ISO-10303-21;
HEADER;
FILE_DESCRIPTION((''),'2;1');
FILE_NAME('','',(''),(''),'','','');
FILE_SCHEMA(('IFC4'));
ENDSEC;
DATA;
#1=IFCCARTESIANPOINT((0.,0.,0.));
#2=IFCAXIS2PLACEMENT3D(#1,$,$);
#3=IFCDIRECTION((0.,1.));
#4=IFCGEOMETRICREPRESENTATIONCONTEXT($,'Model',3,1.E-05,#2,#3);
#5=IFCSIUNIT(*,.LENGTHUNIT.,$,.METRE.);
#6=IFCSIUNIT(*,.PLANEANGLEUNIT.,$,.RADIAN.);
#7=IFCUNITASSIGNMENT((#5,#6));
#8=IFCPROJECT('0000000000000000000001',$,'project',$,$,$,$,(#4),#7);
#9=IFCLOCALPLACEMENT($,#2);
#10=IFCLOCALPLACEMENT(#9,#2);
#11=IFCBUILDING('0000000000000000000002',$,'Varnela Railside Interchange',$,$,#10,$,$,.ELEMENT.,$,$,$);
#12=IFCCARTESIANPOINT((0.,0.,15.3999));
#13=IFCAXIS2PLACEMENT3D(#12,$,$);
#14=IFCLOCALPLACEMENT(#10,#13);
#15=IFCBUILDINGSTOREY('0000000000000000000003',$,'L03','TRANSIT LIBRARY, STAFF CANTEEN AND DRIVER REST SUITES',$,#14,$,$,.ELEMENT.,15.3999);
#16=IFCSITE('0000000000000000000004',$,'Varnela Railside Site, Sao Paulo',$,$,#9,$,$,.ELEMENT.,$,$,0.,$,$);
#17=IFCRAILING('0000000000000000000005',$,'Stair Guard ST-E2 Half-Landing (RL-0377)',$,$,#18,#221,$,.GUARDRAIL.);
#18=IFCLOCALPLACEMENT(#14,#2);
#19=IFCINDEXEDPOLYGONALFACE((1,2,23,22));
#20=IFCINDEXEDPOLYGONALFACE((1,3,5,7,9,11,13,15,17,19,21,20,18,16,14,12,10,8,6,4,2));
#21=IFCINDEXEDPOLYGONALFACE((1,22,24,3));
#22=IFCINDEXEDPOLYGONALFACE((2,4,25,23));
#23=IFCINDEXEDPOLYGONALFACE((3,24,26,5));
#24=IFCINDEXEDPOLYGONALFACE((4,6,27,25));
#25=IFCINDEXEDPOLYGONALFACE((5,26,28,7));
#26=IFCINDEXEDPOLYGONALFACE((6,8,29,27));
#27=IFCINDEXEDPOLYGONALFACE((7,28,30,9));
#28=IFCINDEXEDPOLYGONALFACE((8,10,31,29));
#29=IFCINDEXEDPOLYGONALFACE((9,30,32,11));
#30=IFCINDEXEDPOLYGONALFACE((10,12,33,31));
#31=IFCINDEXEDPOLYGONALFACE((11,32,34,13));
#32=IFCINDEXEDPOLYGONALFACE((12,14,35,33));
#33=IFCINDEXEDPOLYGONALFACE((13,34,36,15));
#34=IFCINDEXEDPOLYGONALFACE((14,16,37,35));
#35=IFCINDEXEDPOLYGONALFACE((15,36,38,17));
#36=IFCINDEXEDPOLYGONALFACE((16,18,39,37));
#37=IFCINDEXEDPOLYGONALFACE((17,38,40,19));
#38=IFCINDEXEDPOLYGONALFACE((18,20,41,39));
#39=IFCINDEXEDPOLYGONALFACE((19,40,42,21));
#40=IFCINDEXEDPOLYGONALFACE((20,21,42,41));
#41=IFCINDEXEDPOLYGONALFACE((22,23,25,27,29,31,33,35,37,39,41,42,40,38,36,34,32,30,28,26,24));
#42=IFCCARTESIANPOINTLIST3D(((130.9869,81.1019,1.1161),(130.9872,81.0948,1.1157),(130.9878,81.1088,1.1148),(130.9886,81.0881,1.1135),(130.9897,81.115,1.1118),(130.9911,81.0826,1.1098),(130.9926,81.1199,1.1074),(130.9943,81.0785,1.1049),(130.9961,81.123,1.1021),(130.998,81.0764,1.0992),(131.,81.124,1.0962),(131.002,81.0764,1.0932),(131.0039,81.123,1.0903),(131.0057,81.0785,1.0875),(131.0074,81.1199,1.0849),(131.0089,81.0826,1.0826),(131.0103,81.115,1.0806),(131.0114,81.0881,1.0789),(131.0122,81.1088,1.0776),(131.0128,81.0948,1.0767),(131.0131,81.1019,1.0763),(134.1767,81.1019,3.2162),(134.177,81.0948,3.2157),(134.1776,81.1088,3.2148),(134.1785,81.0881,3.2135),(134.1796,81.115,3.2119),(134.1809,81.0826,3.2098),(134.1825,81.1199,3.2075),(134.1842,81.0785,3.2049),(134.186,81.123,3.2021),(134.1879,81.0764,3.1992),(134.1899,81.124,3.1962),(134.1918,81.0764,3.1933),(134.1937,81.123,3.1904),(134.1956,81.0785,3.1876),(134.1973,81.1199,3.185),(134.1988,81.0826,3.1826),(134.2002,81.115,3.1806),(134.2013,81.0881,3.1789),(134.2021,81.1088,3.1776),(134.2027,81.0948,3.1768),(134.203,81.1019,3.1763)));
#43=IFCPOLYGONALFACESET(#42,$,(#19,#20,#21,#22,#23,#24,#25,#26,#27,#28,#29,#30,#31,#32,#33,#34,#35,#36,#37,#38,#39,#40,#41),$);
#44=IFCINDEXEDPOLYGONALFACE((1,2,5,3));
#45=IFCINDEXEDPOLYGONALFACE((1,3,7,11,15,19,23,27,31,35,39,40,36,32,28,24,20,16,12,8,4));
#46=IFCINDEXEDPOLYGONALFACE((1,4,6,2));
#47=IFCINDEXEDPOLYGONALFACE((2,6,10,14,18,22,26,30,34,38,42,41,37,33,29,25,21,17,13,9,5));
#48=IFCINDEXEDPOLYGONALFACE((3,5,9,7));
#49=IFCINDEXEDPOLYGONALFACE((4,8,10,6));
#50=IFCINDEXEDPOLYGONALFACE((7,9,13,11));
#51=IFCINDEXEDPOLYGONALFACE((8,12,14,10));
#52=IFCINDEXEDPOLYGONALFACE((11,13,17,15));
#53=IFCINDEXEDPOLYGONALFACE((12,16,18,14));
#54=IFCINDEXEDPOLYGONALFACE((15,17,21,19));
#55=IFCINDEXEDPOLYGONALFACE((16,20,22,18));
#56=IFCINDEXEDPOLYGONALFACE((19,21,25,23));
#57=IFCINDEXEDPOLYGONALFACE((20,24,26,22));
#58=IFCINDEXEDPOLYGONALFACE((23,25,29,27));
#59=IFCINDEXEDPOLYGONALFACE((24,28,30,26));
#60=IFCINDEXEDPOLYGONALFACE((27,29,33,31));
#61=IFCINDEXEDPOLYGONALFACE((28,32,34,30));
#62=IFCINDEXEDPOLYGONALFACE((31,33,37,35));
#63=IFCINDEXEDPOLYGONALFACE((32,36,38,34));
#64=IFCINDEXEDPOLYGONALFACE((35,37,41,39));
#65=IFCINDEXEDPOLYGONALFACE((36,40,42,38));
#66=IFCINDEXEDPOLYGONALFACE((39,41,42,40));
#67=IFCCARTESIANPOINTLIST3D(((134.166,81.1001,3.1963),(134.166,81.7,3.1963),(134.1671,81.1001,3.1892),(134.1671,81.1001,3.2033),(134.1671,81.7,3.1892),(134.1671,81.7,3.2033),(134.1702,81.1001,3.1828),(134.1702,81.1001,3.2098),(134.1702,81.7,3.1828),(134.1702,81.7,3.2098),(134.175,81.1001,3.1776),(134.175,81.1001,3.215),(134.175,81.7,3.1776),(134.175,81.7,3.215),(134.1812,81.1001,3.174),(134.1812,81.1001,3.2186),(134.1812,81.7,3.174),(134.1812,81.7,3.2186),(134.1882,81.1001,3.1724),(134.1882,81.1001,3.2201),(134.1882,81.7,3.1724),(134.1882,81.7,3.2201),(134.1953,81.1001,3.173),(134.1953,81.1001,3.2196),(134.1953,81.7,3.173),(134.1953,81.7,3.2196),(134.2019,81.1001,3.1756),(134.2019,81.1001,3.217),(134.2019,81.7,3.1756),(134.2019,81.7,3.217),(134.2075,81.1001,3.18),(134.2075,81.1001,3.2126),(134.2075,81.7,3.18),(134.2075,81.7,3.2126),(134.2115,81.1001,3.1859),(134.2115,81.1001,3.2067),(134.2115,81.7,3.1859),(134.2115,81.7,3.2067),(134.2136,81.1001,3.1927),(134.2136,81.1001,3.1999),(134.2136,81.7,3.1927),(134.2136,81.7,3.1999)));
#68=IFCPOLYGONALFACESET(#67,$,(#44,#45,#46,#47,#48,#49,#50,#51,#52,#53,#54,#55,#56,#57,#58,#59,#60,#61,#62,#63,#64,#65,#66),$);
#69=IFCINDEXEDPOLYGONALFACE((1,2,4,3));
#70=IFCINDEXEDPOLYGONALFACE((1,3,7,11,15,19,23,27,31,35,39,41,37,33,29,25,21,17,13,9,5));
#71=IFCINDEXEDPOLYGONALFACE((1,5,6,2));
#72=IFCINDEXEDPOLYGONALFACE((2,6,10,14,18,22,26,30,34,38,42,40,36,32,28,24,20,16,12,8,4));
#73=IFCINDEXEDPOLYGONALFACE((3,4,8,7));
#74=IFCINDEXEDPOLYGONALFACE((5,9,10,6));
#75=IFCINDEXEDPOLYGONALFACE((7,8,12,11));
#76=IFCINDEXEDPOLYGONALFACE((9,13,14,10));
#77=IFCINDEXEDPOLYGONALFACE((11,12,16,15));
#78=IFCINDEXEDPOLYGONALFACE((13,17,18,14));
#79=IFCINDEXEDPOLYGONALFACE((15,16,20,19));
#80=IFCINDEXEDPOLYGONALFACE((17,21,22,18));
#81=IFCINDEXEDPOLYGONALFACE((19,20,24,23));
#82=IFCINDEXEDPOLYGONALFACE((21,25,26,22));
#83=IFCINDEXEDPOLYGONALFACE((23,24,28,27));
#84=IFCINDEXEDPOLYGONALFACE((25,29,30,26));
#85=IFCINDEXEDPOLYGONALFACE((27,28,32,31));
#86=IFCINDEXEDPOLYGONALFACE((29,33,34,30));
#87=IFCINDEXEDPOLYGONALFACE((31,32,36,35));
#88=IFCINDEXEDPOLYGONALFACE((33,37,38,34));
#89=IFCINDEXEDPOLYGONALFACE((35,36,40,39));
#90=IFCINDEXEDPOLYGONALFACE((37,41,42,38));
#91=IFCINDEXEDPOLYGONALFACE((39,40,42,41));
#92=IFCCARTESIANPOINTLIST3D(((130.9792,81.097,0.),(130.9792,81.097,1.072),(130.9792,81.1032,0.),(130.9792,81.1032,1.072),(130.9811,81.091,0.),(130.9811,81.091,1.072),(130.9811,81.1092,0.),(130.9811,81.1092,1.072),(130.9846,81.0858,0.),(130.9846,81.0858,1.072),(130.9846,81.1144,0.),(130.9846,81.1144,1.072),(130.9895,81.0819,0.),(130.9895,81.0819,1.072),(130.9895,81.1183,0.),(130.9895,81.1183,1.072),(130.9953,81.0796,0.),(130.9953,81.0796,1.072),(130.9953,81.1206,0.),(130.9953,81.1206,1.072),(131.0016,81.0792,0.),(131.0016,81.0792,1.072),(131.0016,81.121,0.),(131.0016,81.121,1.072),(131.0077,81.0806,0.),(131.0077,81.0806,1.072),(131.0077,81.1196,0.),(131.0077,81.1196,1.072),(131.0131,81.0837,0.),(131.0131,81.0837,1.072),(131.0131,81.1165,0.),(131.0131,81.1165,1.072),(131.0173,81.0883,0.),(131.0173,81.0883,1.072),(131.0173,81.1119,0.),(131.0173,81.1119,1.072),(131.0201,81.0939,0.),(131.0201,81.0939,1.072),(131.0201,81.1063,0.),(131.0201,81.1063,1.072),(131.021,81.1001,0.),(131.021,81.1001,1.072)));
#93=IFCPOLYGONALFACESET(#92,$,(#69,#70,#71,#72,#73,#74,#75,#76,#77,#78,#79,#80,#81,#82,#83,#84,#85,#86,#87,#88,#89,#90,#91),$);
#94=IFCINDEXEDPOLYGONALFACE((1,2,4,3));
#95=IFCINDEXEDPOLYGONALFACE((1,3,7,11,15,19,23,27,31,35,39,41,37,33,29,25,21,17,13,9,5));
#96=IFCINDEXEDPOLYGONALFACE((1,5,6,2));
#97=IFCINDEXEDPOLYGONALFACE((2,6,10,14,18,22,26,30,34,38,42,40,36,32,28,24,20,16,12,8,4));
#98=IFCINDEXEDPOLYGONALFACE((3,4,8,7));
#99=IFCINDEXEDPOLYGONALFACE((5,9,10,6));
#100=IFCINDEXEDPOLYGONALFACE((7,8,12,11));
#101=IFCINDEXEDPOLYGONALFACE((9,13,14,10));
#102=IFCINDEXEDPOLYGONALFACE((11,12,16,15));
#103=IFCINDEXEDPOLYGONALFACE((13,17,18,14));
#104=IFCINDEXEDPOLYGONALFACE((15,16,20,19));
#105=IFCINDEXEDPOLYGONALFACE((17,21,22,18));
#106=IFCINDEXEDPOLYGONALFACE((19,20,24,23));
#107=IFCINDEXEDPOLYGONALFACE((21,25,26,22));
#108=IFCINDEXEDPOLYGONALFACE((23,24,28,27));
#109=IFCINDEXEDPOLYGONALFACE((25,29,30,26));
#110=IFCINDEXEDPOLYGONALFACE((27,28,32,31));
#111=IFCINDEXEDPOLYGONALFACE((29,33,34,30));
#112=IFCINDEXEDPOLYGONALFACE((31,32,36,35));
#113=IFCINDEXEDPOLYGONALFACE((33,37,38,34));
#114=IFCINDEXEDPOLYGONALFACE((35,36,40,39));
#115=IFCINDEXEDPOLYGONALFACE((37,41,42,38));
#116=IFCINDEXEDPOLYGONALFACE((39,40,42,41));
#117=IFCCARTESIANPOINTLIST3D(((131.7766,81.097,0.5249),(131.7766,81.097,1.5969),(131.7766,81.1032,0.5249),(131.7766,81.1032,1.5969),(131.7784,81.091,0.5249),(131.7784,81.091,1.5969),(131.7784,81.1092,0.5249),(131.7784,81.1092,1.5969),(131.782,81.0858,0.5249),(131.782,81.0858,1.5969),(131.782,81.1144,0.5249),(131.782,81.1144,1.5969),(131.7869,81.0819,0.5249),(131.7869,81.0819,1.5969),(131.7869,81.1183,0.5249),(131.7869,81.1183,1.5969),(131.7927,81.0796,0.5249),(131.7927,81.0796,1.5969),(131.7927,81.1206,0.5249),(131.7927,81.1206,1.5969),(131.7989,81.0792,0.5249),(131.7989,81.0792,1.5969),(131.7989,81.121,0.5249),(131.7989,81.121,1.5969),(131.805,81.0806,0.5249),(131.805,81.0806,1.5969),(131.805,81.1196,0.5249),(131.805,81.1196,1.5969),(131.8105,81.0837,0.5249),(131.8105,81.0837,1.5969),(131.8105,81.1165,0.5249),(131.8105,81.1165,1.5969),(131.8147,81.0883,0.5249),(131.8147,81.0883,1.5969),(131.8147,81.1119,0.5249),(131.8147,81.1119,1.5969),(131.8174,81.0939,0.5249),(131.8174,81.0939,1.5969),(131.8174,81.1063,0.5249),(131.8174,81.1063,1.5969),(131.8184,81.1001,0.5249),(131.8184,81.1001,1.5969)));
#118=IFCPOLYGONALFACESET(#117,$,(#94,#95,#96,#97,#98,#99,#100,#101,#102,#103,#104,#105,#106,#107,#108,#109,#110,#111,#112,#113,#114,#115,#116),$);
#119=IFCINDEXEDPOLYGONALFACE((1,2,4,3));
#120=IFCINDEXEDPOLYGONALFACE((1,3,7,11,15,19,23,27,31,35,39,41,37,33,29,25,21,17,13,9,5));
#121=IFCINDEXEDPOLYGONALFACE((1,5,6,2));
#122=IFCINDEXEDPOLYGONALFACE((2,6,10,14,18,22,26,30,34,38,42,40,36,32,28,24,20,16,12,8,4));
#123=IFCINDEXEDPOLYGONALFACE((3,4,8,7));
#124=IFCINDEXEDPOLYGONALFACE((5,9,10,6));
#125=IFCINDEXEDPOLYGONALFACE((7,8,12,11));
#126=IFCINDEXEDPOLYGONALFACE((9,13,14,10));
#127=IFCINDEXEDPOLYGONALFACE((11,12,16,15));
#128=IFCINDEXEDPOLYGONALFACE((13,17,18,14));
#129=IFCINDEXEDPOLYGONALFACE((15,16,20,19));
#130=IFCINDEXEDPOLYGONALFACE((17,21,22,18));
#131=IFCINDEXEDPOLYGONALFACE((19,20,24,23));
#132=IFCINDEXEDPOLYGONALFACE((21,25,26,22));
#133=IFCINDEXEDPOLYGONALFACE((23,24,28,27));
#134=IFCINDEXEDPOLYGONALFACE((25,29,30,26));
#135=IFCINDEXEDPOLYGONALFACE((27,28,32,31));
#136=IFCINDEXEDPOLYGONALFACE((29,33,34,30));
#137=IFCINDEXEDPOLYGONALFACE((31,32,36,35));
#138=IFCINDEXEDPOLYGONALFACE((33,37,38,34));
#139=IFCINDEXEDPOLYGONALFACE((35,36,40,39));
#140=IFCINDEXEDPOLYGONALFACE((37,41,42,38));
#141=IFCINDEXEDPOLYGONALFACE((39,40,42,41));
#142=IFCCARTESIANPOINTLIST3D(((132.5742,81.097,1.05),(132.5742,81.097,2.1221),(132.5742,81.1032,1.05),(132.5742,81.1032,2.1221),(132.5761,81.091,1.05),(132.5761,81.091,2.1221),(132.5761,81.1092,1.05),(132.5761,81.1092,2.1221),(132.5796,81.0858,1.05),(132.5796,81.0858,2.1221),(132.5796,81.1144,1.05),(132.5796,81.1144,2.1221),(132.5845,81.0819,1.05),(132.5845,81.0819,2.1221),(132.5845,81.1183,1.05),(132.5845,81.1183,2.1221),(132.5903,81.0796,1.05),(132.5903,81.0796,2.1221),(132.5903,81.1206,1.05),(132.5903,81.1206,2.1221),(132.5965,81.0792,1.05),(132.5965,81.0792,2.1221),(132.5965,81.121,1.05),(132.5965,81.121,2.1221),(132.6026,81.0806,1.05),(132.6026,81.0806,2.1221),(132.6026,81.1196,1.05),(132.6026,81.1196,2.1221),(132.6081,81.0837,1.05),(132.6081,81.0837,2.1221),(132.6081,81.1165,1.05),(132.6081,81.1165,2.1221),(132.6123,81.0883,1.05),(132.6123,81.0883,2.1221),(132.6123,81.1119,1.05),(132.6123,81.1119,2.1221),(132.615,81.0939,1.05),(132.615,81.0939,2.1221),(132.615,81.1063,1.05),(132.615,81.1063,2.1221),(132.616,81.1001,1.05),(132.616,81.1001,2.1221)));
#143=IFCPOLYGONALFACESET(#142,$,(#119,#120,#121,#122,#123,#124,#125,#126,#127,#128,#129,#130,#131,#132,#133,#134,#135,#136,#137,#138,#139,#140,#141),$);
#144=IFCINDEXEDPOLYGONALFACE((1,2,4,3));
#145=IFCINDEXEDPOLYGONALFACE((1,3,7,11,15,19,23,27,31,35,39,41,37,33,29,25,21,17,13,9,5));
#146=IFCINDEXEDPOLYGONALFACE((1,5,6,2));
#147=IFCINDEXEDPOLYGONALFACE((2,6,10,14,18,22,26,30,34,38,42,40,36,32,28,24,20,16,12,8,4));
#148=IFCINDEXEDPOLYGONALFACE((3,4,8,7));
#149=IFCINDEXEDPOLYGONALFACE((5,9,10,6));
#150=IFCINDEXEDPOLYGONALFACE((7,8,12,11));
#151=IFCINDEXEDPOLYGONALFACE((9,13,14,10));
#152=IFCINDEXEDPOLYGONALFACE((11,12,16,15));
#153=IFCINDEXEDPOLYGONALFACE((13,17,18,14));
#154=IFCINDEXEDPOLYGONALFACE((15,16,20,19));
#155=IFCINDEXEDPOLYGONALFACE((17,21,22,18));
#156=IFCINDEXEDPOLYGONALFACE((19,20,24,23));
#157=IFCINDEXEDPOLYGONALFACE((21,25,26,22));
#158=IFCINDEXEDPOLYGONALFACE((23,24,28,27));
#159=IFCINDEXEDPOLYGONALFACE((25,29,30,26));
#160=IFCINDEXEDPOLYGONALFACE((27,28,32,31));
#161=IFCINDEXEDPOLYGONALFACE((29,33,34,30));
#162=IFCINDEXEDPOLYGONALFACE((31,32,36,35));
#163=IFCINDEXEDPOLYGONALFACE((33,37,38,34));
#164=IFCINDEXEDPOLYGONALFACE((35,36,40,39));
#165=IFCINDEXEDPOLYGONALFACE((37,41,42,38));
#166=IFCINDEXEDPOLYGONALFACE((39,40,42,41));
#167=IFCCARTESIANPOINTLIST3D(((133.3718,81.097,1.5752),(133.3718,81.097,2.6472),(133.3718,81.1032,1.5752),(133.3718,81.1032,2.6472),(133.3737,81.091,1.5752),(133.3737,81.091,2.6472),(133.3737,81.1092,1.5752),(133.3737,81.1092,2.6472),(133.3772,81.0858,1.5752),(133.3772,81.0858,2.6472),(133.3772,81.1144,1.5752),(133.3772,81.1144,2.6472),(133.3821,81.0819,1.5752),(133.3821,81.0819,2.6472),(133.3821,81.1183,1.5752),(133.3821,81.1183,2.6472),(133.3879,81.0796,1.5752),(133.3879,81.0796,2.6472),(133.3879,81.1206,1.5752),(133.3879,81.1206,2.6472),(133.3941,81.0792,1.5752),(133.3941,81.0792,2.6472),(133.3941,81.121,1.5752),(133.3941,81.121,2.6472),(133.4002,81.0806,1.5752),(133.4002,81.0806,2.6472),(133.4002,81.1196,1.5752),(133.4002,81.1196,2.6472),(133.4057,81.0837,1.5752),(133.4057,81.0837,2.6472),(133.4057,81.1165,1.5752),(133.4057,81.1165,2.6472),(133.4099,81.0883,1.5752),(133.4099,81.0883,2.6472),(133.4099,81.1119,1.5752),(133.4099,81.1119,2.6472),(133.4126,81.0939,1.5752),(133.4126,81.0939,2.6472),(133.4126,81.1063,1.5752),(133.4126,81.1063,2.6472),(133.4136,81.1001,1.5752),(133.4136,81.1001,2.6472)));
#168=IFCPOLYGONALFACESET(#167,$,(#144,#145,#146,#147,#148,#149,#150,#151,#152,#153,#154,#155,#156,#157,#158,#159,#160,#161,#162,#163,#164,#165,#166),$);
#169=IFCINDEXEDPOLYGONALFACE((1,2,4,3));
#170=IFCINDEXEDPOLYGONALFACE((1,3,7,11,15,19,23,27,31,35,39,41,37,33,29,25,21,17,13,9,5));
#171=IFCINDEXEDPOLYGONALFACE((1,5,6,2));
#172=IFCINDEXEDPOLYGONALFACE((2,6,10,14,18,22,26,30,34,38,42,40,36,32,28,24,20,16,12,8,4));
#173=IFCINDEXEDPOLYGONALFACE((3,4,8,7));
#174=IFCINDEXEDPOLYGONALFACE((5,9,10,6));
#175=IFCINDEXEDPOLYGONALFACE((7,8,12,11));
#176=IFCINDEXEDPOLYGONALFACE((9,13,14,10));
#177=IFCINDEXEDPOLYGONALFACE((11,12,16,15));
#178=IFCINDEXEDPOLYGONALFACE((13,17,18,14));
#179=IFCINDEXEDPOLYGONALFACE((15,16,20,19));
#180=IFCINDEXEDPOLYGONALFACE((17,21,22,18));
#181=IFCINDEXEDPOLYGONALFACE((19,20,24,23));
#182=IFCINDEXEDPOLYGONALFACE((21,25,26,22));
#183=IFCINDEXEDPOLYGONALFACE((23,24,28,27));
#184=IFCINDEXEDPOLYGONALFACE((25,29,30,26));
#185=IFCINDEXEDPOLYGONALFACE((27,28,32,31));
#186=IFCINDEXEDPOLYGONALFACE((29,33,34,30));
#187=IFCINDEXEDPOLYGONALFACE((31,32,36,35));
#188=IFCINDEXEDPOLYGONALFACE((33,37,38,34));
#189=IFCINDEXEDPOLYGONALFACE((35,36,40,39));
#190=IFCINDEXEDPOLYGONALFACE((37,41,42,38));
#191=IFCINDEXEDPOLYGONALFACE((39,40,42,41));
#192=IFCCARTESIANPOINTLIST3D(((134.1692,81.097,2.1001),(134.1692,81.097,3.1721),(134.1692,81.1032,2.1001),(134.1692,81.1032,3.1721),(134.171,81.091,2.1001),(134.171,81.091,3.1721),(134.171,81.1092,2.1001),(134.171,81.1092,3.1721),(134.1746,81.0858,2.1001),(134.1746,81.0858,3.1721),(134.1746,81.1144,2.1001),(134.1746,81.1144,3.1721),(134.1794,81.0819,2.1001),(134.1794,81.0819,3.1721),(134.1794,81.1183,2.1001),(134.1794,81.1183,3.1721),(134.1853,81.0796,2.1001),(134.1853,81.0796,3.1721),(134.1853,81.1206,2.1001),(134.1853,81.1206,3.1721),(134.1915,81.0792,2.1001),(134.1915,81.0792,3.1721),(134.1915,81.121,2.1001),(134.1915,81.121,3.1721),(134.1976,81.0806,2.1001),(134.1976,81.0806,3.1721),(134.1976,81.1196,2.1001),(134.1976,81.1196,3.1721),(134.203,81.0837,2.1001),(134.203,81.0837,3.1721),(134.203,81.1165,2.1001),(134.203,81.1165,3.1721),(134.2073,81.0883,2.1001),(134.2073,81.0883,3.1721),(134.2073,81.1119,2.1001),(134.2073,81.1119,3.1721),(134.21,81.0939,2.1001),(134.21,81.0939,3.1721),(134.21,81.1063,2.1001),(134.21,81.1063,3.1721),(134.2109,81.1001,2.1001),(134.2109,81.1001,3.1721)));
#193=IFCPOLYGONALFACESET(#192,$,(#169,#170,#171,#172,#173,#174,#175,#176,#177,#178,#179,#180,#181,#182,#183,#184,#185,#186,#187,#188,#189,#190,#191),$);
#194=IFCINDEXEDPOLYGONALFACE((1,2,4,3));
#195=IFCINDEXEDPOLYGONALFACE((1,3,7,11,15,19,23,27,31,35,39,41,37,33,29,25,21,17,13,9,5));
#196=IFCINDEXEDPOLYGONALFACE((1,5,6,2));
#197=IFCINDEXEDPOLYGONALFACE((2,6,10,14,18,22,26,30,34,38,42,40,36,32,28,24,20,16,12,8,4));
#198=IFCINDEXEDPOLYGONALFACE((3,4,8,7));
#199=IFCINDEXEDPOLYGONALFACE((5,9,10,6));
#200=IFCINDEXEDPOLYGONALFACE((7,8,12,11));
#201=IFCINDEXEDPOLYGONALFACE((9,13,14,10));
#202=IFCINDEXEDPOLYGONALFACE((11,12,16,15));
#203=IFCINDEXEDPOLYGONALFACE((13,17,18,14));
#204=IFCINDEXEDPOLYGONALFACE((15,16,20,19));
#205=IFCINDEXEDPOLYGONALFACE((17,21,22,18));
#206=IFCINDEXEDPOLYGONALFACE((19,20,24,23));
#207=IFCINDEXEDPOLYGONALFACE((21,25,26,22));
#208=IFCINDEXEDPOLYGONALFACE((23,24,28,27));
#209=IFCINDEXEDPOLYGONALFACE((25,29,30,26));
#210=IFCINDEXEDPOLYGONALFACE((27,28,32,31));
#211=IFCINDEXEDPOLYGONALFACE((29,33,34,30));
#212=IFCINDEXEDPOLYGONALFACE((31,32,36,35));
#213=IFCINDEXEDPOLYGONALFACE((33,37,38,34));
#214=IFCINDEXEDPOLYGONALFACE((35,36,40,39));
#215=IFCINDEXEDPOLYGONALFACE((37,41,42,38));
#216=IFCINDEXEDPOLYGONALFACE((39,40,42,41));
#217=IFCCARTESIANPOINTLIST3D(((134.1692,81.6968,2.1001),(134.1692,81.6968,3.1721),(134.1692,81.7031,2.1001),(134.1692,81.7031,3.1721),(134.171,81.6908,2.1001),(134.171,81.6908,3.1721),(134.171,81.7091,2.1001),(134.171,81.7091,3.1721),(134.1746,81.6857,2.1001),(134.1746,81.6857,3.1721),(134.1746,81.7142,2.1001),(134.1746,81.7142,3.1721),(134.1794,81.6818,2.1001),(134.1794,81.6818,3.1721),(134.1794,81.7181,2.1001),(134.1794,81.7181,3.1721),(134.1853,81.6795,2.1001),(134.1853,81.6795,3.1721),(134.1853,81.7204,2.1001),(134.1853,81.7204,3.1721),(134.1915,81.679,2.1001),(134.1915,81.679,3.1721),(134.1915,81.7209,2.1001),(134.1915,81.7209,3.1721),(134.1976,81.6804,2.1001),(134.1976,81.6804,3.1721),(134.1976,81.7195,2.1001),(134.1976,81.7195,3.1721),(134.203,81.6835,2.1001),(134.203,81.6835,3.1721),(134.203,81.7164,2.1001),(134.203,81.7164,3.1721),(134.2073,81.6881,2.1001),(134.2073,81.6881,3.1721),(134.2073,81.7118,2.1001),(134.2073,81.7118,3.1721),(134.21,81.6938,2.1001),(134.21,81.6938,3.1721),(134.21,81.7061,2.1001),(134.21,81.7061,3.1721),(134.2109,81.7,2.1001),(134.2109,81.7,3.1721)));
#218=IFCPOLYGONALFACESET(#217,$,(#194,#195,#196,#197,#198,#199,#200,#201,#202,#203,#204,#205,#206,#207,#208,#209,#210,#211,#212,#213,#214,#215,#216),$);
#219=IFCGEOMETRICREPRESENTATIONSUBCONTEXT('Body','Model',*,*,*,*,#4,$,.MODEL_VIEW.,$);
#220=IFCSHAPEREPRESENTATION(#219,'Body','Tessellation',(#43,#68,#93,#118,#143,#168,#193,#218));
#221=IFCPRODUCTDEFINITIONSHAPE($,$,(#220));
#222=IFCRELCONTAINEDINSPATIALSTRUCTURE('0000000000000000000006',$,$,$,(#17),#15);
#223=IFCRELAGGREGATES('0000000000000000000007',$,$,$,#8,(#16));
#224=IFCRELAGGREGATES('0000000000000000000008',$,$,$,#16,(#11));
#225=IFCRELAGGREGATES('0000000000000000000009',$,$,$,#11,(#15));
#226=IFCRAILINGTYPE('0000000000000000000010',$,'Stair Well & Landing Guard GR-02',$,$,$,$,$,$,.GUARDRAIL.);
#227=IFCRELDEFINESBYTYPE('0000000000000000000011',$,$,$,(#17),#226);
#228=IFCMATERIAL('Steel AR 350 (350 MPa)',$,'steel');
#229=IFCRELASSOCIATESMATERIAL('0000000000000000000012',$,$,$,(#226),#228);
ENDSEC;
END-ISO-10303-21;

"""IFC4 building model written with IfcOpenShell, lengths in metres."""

from ifc_helpers import new_model, si_unit, direction, frame, origin, origin_2d, place, context, subcontext, project, spatial, circle, extrude, material, type_object, element, save


model = new_model("IFC4")

# Units and contexts
model_context = context("Model", 3, precision=1e-05, world=origin(), true_north=direction((0.0, 1.0)))
body_context = subcontext(model_context, "Body", "Model", "MODEL_VIEW")
ifc_project = project(units=[si_unit("LENGTHUNIT", "METRE"), si_unit("PLANEANGLEUNIT", "RADIAN")], contexts=[model_context])

# Site, building, storey
site_placement = place(None, origin())
site = spatial("IfcSite", under=ifc_project, at=site_placement, Name="Varnela Railside Site, Sao Paulo", CompositionType="ELEMENT", RefElevation=0.0)
building_placement = place(site_placement, origin())
building = spatial("IfcBuilding", under=site, at=building_placement, Name="Varnela Railside Interchange", CompositionType="ELEMENT")
storey_placement = place(building_placement, frame((0.0, 0.0, 15.3999)))
storey = spatial("IfcBuildingStorey", under=building, at=storey_placement, Name="L03", Description="TRANSIT LIBRARY, STAFF CANTEEN AND DRIVER REST SUITES", CompositionType="ELEMENT", Elevation=15.3999)

# Shared definitions
ifc_material_1 = material(Name="Steel AR 350 (350 MPa)", Category="steel")

# Railing
railing_type_1 = type_object("IfcRailingType", Name="Stair Well & Landing Guard GR-02", PredefinedType="GUARDRAIL", material=ifc_material_1)
railing_1_placement = place(storey_placement, frame((131.0, 81.1001, 0.0)))
element("IfcRailing", 1, at=railing_1_placement, inside=storey, type_object=railing_type_1, Name="Stair Guard ST-E2 Half-Landing (RL-0377)", PredefinedType="GUARDRAIL", context=body_context, shape_type="SweptSolid", body=[
    extrude(circle(Radius=0.0239, at=origin_2d()), frame((0.0, 0.0, 1.0962), z_axis=(0.835242, 0.0, 0.549882), x_axis=(0.0, 1.0, 0.0)), (0.0, 0.0, 1.0), 3.8191),
    extrude(circle(Radius=0.0239, at=origin_2d()), frame((3.1899, 0.0, 3.1963), z_axis=(0.0, 1.0, 0.0), x_axis=(-1.0, 0.0, 0.0)), (0.0, 0.0, 1.0), 0.5999),
    extrude(circle(Radius=0.021, at=origin_2d()), origin(), (0.0, 0.0, 1.0), 1.072),
    extrude(circle(Radius=0.021, at=origin_2d()), frame((0.7974, 0.0, 0.5249)), (0.0, 0.0, 1.0), 1.072),
    extrude(circle(Radius=0.021, at=origin_2d()), frame((1.595, 0.0, 1.05)), (0.0, 0.0, 1.0), 1.072),
    extrude(circle(Radius=0.021, at=origin_2d()), frame((2.3926, 0.0, 1.5752)), (0.0, 0.0, 1.0), 1.072),
    extrude(circle(Radius=0.021, at=origin_2d()), frame((3.1899, 0.0, 2.1001)), (0.0, 0.0, 1.0), 1.072),
    extrude(circle(Radius=0.021, at=origin_2d()), frame((3.1899, 0.5999, 2.1001)), (0.0, 0.0, 1.0), 1.072),
])

save(model, "model.ifc")
